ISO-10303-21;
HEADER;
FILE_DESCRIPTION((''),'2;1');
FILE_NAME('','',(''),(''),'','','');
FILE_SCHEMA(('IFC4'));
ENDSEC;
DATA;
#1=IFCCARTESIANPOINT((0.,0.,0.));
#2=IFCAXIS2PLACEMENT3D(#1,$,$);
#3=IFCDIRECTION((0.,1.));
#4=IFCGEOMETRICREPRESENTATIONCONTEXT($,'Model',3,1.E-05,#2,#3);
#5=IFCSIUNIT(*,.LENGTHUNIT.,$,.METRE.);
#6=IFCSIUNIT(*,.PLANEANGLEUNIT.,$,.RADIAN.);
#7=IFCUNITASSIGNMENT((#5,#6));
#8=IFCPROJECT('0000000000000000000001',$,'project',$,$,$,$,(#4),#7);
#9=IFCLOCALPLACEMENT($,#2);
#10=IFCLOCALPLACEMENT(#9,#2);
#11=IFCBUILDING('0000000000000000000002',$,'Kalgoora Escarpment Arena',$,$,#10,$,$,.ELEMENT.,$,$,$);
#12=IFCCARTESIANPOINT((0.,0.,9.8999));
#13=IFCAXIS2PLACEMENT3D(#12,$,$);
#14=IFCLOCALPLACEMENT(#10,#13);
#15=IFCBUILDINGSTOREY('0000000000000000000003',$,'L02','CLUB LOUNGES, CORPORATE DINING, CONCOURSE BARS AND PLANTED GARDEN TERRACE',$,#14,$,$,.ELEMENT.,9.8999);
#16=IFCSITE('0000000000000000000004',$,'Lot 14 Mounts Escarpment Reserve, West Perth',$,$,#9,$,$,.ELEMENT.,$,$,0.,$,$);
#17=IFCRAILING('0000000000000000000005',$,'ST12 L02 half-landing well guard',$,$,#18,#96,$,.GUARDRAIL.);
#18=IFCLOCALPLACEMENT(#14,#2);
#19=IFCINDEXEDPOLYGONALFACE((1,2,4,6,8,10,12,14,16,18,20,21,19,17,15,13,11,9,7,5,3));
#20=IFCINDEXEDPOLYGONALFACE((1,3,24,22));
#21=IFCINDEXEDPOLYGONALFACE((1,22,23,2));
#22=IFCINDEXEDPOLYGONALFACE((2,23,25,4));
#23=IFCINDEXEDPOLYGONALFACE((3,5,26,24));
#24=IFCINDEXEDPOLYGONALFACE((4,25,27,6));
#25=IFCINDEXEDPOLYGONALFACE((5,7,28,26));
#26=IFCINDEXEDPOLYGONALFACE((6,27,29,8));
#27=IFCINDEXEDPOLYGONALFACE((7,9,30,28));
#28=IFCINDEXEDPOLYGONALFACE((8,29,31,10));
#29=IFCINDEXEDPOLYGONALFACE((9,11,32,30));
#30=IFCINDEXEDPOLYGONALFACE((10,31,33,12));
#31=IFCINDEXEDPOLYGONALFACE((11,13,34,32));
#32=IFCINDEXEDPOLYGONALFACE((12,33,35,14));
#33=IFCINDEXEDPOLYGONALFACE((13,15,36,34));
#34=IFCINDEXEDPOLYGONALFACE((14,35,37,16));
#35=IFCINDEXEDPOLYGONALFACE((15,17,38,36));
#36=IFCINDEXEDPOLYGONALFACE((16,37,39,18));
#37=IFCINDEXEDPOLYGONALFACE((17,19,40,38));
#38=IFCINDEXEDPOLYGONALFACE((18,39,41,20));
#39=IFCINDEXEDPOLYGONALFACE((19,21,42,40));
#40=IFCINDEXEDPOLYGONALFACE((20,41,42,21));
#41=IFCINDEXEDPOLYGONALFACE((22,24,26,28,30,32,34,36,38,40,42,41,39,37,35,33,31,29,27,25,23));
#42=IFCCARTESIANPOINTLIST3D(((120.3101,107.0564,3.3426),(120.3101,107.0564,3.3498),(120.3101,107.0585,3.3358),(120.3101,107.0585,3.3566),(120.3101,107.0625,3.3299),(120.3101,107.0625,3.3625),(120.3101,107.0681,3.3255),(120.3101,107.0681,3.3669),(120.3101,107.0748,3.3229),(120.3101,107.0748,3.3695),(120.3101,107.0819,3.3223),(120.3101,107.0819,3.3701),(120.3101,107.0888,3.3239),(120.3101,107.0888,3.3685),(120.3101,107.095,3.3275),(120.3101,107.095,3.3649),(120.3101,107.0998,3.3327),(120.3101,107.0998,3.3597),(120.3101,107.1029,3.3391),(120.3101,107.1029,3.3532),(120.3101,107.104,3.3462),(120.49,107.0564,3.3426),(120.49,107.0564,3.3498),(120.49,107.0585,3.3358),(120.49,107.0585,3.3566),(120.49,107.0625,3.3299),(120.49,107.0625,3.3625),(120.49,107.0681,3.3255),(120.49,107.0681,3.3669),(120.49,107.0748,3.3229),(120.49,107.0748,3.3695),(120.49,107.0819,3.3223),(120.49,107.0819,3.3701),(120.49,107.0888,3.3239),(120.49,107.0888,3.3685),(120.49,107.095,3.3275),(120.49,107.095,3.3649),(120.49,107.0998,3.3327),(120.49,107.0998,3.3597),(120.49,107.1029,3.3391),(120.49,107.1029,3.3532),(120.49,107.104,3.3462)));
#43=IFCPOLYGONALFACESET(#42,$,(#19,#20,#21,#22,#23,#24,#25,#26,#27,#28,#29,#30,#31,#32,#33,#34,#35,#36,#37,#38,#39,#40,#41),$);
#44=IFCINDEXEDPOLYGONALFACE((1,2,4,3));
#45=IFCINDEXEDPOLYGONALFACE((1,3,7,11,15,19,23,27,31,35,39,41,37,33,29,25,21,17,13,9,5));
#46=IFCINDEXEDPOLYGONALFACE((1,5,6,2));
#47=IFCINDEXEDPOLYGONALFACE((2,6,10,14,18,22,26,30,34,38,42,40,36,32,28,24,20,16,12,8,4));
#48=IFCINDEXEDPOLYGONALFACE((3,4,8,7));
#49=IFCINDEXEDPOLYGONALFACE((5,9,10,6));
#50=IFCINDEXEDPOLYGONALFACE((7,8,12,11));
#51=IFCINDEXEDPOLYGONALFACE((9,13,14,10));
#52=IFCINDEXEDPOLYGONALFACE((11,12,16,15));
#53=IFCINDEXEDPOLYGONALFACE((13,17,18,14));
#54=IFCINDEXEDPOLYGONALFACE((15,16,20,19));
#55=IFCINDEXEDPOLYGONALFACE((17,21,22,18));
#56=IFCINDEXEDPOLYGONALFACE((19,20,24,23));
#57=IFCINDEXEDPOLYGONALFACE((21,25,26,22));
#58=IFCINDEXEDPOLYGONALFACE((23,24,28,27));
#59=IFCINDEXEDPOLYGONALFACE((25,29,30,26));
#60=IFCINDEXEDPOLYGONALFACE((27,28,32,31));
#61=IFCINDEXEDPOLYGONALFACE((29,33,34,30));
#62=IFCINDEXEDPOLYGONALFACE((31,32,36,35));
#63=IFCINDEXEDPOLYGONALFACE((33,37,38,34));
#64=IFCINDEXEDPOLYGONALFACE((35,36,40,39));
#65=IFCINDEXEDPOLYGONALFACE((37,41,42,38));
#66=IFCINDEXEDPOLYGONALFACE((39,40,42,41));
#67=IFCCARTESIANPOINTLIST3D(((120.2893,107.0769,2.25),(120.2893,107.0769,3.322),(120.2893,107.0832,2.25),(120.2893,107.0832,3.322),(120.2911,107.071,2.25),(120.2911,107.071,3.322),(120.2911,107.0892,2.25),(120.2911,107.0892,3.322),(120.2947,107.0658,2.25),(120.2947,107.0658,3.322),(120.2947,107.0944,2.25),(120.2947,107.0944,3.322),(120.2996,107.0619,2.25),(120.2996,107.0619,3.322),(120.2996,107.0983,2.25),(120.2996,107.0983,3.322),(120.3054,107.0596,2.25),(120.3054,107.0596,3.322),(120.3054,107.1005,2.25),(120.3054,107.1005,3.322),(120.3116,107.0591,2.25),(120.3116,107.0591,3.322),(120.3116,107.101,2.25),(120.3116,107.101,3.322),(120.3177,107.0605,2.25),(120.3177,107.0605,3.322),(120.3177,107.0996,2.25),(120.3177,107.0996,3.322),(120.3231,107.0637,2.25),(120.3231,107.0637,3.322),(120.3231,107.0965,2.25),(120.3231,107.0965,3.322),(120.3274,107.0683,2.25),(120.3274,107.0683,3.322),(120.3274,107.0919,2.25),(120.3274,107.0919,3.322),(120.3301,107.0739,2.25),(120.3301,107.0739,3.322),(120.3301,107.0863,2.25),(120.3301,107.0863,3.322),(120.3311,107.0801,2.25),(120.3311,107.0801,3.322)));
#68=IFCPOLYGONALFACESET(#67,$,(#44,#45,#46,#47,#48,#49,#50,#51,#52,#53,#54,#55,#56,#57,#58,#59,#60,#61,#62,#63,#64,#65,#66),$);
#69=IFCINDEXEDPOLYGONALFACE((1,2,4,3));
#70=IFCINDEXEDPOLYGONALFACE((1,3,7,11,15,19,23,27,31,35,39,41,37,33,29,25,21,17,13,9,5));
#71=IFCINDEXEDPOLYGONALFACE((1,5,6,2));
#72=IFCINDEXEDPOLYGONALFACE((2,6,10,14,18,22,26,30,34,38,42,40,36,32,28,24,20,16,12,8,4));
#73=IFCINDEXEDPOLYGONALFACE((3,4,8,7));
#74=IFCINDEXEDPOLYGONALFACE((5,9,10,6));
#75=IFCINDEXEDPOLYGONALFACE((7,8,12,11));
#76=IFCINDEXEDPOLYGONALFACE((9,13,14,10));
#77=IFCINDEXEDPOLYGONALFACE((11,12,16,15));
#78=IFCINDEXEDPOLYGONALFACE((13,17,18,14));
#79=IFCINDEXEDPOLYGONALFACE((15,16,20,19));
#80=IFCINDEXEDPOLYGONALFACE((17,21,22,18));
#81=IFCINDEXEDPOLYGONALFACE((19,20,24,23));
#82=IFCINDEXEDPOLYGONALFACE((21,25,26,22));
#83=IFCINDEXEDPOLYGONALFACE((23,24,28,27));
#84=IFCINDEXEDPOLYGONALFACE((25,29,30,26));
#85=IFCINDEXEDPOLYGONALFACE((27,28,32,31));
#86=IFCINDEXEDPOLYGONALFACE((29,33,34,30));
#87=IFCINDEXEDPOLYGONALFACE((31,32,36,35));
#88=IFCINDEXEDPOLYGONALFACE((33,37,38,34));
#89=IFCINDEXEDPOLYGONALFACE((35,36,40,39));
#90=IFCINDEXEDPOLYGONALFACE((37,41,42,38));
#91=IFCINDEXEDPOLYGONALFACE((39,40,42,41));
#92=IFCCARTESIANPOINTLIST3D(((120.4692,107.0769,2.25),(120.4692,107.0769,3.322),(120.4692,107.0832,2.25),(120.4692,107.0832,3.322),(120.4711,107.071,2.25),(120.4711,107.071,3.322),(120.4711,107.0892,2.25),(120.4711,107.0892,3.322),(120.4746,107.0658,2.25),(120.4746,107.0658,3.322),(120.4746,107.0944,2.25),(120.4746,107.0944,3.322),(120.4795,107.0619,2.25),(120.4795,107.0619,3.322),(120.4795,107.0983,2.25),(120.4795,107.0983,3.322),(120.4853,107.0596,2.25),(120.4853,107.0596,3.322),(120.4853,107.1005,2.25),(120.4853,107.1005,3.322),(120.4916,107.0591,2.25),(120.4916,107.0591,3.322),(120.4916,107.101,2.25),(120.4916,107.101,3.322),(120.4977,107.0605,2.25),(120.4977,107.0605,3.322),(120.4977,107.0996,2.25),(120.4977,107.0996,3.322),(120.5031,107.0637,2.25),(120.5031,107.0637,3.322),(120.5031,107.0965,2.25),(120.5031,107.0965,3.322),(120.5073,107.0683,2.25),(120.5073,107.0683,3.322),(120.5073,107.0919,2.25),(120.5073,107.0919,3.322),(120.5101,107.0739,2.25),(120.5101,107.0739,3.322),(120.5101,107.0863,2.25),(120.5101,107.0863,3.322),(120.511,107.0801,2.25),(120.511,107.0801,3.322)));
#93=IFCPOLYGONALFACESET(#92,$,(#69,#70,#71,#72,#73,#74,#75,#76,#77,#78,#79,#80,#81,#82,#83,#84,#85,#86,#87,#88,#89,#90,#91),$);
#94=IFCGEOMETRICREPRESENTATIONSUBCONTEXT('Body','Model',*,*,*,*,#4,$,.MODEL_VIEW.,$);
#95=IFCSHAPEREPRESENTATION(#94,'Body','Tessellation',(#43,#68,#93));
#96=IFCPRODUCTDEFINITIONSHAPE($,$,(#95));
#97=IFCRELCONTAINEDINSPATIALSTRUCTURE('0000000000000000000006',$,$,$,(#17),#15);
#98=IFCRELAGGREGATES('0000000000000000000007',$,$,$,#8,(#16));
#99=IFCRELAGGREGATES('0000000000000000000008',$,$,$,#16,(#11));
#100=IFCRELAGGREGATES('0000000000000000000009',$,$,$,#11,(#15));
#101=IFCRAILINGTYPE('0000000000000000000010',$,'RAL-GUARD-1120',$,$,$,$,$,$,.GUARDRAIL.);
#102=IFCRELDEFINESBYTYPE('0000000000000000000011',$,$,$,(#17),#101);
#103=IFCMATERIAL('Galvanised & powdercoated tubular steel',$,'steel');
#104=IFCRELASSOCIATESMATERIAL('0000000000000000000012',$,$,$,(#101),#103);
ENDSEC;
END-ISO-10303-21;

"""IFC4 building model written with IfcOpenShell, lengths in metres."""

from ifc_helpers import new_model, si_unit, direction, frame, origin, origin_2d, place, context, subcontext, project, spatial, circle, extrude, material, type_object, element, save


model = new_model("IFC4")

# Units and contexts
model_context = context("Model", 3, precision=1e-05, world=origin(), true_north=direction((0.0, 1.0)))
body_context = subcontext(model_context, "Body", "Model", "MODEL_VIEW")
ifc_project = project(units=[si_unit("LENGTHUNIT", "METRE"), si_unit("PLANEANGLEUNIT", "RADIAN")], contexts=[model_context])

# Site, building, storey
site_placement = place(None, origin())
site = spatial("IfcSite", under=ifc_project, at=site_placement, Name="Lot 14 Mounts Escarpment Reserve, West Perth", CompositionType="ELEMENT", RefElevation=0.0)
building_placement = place(site_placement, origin())
building = spatial("IfcBuilding", under=site, at=building_placement, Name="Kalgoora Escarpment Arena", CompositionType="ELEMENT")
storey_placement = place(building_placement, frame((0.0, 0.0, 9.8999)))
storey = spatial("IfcBuildingStorey", under=building, at=storey_placement, Name="L02", Description="CLUB LOUNGES, CORPORATE DINING, CONCOURSE BARS AND PLANTED GARDEN TERRACE", CompositionType="ELEMENT", Elevation=9.8999)

# Railing
ifc_material_1 = material(Name="Galvanised & powdercoated tubular steel", Category="steel")
railing_type_1 = type_object("IfcRailingType", Name="RAL-GUARD-1120", PredefinedType="GUARDRAIL", material=ifc_material_1)
railing_1_placement = place(storey_placement, frame((120.3101, 107.0801, 2.25)))
element("IfcRailing", 1, at=railing_1_placement, inside=storey, type_object=railing_type_1, Name="ST12 L02 half-landing well guard", PredefinedType="GUARDRAIL", context=body_context, shape_type="SweptSolid", body=[
    extrude(circle(Radius=0.0239, at=origin_2d()), frame((0.0, 0.0, 1.0962), z_axis=(1.0, 0.0, 0.0), x_axis=(0.0, 1.0, 0.0)), (0.0, 0.0, 1.0), 0.1799),
    extrude(circle(Radius=0.021, at=origin_2d()), origin(), (0.0, 0.0, 1.0), 1.072),
    extrude(circle(Radius=0.021, at=origin_2d()), frame((0.1799, 0.0, 0.0)), (0.0, 0.0, 1.0), 1.072),
])

save(model, "model.ifc")
